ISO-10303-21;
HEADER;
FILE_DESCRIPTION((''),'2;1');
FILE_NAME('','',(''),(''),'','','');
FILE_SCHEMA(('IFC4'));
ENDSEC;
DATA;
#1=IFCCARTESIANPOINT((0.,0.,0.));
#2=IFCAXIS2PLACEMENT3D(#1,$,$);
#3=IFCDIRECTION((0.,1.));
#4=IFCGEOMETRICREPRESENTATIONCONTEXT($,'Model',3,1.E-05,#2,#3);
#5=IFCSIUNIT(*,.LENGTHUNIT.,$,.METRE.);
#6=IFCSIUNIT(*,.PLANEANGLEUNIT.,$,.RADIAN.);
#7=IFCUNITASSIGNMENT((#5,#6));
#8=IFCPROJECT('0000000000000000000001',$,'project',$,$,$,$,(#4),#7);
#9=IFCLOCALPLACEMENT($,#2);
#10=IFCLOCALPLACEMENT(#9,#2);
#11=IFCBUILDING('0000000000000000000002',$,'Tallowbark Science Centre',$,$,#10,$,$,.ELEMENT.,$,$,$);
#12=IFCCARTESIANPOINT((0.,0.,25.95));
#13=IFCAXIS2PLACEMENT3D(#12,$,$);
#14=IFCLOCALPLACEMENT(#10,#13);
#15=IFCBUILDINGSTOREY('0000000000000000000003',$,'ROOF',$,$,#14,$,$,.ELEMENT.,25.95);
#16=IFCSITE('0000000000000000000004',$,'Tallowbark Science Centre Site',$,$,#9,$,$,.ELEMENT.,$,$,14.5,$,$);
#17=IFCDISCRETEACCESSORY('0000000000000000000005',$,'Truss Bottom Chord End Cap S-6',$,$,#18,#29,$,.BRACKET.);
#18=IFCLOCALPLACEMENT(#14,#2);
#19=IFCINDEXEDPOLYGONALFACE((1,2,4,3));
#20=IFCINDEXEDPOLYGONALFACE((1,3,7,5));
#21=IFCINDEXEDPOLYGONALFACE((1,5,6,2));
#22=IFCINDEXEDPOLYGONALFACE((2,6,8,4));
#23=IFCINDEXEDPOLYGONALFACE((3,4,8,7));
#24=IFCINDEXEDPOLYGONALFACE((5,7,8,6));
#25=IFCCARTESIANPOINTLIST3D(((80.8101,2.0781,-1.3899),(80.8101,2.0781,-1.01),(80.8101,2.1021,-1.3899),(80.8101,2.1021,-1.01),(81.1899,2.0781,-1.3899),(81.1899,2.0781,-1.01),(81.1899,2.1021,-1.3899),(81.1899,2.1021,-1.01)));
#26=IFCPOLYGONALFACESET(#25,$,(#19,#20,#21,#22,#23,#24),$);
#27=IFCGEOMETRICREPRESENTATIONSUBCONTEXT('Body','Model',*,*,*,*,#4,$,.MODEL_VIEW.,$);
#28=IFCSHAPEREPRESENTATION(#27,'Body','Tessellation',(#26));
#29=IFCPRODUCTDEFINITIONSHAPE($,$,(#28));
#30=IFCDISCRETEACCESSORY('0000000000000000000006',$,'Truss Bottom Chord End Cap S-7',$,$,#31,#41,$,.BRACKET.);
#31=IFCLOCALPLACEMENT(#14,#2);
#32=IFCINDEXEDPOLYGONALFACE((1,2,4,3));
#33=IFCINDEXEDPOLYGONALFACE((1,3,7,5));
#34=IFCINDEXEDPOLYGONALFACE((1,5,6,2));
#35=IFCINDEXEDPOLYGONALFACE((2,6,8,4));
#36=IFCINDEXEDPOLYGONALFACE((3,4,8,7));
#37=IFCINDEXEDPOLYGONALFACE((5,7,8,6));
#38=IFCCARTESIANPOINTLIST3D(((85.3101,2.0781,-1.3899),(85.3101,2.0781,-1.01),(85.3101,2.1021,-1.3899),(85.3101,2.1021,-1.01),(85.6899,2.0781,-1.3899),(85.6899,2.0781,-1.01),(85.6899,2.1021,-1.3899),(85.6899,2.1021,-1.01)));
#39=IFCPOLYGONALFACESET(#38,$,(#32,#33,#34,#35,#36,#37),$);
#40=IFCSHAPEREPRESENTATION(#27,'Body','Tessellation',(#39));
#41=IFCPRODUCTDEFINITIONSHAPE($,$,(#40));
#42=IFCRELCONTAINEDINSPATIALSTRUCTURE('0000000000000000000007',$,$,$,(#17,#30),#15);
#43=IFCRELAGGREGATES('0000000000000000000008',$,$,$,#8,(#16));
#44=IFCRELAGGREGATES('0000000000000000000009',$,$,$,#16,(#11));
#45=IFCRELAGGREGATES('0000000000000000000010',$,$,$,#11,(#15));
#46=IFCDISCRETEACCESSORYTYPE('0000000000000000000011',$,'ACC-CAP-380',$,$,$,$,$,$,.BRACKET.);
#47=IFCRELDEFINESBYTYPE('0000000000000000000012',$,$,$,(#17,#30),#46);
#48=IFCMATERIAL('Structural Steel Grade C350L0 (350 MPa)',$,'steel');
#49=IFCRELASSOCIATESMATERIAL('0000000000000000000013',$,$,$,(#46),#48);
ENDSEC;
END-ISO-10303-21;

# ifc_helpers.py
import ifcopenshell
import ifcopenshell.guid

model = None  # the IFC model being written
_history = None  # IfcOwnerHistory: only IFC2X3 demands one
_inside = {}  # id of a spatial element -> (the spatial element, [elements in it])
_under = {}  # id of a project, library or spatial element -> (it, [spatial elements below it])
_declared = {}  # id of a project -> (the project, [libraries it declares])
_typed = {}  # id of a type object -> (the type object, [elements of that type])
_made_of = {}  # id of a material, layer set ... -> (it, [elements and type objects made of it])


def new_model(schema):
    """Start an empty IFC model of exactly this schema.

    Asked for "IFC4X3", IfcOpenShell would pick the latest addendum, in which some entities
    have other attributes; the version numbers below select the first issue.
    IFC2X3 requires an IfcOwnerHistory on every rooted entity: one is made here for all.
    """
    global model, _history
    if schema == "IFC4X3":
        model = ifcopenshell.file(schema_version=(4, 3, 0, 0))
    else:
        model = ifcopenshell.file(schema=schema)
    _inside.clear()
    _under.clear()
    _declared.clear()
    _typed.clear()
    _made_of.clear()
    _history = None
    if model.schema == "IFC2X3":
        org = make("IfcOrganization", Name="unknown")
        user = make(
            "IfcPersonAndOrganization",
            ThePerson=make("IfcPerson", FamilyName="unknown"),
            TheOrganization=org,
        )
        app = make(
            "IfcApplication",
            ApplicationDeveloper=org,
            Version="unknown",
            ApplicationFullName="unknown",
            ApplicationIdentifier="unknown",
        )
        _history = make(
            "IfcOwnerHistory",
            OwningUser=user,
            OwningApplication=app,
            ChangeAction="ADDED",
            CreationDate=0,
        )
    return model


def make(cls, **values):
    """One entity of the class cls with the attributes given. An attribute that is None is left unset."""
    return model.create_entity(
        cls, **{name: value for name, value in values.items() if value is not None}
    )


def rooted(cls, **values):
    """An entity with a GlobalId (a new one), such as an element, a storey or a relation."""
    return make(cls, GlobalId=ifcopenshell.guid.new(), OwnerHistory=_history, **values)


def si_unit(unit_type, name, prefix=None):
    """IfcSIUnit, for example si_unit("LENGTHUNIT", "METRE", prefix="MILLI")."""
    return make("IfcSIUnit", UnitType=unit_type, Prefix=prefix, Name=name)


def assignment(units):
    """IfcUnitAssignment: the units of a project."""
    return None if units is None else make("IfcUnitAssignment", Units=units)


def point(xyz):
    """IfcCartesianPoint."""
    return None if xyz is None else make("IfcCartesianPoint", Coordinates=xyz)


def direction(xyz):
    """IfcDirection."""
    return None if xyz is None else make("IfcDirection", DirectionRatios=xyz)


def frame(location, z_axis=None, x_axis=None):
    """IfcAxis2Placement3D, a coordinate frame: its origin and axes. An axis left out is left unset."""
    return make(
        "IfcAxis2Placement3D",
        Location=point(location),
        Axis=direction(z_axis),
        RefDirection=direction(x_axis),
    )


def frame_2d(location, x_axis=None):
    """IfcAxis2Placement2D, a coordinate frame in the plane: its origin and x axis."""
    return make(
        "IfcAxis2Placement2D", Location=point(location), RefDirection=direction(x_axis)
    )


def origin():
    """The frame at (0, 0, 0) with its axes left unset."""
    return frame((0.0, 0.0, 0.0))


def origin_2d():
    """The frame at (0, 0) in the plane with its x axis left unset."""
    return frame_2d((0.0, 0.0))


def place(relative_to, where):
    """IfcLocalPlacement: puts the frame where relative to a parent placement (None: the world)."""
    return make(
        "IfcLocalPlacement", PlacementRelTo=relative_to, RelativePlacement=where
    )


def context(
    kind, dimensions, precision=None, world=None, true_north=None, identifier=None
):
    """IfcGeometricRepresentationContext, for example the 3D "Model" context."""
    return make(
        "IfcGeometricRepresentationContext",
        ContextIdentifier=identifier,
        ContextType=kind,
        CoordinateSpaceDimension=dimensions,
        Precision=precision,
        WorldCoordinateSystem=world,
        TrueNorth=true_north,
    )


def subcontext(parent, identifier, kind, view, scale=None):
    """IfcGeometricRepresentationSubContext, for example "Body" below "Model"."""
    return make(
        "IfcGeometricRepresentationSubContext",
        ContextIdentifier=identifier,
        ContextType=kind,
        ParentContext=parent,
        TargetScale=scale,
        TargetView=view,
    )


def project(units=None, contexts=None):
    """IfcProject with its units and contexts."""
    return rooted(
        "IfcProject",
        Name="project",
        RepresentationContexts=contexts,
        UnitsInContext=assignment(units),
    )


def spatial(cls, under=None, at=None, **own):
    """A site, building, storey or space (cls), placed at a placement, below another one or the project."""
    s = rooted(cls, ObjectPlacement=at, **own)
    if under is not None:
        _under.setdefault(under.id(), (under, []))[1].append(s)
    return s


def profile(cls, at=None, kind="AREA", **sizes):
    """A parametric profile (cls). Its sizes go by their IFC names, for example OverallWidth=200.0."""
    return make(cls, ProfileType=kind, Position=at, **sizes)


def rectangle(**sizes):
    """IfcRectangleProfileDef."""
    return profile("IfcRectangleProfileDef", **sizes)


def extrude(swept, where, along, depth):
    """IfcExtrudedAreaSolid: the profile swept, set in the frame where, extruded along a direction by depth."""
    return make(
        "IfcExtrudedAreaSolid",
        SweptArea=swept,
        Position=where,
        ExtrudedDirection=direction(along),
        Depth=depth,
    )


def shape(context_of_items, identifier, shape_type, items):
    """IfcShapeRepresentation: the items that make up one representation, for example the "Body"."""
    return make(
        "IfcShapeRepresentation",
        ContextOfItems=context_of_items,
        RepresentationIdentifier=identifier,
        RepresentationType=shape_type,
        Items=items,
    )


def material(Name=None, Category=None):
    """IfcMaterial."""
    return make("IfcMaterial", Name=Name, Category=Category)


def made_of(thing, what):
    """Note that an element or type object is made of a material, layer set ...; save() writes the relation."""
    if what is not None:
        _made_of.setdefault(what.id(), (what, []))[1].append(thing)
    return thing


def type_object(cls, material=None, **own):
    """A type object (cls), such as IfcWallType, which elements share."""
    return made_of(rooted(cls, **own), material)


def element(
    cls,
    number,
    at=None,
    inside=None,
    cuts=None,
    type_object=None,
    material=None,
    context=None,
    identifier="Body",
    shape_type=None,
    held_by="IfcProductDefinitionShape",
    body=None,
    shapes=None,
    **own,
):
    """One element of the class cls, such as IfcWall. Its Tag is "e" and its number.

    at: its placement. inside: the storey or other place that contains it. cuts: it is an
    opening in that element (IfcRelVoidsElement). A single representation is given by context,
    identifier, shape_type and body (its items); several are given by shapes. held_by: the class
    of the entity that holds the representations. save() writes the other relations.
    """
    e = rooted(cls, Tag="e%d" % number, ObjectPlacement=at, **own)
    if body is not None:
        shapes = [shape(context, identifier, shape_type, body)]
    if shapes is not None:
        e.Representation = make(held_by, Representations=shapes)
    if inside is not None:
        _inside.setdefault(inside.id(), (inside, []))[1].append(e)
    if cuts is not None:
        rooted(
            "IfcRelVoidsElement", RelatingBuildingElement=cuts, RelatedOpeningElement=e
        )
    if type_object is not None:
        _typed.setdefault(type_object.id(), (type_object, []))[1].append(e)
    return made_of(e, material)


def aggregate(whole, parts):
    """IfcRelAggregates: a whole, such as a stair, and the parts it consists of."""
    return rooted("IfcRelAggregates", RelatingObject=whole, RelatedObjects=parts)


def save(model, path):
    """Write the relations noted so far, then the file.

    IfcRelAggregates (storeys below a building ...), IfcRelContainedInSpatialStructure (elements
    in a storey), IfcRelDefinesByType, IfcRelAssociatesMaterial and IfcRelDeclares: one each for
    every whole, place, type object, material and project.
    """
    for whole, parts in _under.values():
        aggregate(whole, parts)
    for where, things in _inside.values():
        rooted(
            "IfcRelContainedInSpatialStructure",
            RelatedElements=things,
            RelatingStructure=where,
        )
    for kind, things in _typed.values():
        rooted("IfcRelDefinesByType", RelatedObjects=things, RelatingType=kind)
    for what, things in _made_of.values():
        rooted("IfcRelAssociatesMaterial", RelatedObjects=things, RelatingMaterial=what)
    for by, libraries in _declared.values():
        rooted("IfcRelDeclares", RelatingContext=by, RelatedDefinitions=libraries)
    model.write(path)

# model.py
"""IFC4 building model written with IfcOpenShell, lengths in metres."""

from ifc_helpers import new_model, si_unit, direction, frame, origin, origin_2d, place, context, subcontext, project, spatial, rectangle, extrude, material, type_object, element, save


model = new_model("IFC4")

# Units and contexts
model_context = context("Model", 3, precision=1e-05, world=origin(), true_north=direction((0.0, 1.0)))
body_context = subcontext(model_context, "Body", "Model", "MODEL_VIEW")
ifc_project = project(units=[si_unit("LENGTHUNIT", "METRE"), si_unit("PLANEANGLEUNIT", "RADIAN")], contexts=[model_context])

# Site, building, storey
site_placement = place(None, origin())
site = spatial("IfcSite", under=ifc_project, at=site_placement, Name="Tallowbark Science Centre Site", CompositionType="ELEMENT", RefElevation=14.5)
building_placement = place(site_placement, origin())
building = spatial("IfcBuilding", under=site, at=building_placement, Name="Tallowbark Science Centre", CompositionType="ELEMENT")
storey_placement = place(building_placement, frame((0.0, 0.0, 25.95)))
storey = spatial("IfcBuildingStorey", under=building, at=storey_placement, Name="ROOF", CompositionType="ELEMENT", Elevation=25.95)

# Discrete accessories
ifc_material_1 = material(Name="Structural Steel Grade C350L0 (350 MPa)", Category="steel")
discrete_accessory_type = type_object("IfcDiscreteAccessoryType", Name="ACC-CAP-380", PredefinedType="BRACKET", material=ifc_material_1)
for number, where, z_axis, x_axis, name in (
    (1, (81.0, 2.0901, -1.3899), (0.0, 0.0, 1.0), (1.0, 0.0, 0.0), "Truss Bottom Chord End Cap S-6"),
    (2, (85.5, 2.0901, -1.3899), (0.0, 0.0, 1.0), (1.0, 0.0, 0.0), "Truss Bottom Chord End Cap S-7"),
):
    element("IfcDiscreteAccessory", number, at=place(storey_placement, frame(where, z_axis=z_axis, x_axis=x_axis)), inside=storey, type_object=discrete_accessory_type, Name=name, PredefinedType="BRACKET", context=body_context, shape_type="SweptSolid", body=[
        extrude(rectangle(XDim=0.3799, YDim=0.0239, at=origin_2d()), origin(), (0.0, 0.0, 1.0), 0.3799),
    ])

save(model, "model.ifc")
